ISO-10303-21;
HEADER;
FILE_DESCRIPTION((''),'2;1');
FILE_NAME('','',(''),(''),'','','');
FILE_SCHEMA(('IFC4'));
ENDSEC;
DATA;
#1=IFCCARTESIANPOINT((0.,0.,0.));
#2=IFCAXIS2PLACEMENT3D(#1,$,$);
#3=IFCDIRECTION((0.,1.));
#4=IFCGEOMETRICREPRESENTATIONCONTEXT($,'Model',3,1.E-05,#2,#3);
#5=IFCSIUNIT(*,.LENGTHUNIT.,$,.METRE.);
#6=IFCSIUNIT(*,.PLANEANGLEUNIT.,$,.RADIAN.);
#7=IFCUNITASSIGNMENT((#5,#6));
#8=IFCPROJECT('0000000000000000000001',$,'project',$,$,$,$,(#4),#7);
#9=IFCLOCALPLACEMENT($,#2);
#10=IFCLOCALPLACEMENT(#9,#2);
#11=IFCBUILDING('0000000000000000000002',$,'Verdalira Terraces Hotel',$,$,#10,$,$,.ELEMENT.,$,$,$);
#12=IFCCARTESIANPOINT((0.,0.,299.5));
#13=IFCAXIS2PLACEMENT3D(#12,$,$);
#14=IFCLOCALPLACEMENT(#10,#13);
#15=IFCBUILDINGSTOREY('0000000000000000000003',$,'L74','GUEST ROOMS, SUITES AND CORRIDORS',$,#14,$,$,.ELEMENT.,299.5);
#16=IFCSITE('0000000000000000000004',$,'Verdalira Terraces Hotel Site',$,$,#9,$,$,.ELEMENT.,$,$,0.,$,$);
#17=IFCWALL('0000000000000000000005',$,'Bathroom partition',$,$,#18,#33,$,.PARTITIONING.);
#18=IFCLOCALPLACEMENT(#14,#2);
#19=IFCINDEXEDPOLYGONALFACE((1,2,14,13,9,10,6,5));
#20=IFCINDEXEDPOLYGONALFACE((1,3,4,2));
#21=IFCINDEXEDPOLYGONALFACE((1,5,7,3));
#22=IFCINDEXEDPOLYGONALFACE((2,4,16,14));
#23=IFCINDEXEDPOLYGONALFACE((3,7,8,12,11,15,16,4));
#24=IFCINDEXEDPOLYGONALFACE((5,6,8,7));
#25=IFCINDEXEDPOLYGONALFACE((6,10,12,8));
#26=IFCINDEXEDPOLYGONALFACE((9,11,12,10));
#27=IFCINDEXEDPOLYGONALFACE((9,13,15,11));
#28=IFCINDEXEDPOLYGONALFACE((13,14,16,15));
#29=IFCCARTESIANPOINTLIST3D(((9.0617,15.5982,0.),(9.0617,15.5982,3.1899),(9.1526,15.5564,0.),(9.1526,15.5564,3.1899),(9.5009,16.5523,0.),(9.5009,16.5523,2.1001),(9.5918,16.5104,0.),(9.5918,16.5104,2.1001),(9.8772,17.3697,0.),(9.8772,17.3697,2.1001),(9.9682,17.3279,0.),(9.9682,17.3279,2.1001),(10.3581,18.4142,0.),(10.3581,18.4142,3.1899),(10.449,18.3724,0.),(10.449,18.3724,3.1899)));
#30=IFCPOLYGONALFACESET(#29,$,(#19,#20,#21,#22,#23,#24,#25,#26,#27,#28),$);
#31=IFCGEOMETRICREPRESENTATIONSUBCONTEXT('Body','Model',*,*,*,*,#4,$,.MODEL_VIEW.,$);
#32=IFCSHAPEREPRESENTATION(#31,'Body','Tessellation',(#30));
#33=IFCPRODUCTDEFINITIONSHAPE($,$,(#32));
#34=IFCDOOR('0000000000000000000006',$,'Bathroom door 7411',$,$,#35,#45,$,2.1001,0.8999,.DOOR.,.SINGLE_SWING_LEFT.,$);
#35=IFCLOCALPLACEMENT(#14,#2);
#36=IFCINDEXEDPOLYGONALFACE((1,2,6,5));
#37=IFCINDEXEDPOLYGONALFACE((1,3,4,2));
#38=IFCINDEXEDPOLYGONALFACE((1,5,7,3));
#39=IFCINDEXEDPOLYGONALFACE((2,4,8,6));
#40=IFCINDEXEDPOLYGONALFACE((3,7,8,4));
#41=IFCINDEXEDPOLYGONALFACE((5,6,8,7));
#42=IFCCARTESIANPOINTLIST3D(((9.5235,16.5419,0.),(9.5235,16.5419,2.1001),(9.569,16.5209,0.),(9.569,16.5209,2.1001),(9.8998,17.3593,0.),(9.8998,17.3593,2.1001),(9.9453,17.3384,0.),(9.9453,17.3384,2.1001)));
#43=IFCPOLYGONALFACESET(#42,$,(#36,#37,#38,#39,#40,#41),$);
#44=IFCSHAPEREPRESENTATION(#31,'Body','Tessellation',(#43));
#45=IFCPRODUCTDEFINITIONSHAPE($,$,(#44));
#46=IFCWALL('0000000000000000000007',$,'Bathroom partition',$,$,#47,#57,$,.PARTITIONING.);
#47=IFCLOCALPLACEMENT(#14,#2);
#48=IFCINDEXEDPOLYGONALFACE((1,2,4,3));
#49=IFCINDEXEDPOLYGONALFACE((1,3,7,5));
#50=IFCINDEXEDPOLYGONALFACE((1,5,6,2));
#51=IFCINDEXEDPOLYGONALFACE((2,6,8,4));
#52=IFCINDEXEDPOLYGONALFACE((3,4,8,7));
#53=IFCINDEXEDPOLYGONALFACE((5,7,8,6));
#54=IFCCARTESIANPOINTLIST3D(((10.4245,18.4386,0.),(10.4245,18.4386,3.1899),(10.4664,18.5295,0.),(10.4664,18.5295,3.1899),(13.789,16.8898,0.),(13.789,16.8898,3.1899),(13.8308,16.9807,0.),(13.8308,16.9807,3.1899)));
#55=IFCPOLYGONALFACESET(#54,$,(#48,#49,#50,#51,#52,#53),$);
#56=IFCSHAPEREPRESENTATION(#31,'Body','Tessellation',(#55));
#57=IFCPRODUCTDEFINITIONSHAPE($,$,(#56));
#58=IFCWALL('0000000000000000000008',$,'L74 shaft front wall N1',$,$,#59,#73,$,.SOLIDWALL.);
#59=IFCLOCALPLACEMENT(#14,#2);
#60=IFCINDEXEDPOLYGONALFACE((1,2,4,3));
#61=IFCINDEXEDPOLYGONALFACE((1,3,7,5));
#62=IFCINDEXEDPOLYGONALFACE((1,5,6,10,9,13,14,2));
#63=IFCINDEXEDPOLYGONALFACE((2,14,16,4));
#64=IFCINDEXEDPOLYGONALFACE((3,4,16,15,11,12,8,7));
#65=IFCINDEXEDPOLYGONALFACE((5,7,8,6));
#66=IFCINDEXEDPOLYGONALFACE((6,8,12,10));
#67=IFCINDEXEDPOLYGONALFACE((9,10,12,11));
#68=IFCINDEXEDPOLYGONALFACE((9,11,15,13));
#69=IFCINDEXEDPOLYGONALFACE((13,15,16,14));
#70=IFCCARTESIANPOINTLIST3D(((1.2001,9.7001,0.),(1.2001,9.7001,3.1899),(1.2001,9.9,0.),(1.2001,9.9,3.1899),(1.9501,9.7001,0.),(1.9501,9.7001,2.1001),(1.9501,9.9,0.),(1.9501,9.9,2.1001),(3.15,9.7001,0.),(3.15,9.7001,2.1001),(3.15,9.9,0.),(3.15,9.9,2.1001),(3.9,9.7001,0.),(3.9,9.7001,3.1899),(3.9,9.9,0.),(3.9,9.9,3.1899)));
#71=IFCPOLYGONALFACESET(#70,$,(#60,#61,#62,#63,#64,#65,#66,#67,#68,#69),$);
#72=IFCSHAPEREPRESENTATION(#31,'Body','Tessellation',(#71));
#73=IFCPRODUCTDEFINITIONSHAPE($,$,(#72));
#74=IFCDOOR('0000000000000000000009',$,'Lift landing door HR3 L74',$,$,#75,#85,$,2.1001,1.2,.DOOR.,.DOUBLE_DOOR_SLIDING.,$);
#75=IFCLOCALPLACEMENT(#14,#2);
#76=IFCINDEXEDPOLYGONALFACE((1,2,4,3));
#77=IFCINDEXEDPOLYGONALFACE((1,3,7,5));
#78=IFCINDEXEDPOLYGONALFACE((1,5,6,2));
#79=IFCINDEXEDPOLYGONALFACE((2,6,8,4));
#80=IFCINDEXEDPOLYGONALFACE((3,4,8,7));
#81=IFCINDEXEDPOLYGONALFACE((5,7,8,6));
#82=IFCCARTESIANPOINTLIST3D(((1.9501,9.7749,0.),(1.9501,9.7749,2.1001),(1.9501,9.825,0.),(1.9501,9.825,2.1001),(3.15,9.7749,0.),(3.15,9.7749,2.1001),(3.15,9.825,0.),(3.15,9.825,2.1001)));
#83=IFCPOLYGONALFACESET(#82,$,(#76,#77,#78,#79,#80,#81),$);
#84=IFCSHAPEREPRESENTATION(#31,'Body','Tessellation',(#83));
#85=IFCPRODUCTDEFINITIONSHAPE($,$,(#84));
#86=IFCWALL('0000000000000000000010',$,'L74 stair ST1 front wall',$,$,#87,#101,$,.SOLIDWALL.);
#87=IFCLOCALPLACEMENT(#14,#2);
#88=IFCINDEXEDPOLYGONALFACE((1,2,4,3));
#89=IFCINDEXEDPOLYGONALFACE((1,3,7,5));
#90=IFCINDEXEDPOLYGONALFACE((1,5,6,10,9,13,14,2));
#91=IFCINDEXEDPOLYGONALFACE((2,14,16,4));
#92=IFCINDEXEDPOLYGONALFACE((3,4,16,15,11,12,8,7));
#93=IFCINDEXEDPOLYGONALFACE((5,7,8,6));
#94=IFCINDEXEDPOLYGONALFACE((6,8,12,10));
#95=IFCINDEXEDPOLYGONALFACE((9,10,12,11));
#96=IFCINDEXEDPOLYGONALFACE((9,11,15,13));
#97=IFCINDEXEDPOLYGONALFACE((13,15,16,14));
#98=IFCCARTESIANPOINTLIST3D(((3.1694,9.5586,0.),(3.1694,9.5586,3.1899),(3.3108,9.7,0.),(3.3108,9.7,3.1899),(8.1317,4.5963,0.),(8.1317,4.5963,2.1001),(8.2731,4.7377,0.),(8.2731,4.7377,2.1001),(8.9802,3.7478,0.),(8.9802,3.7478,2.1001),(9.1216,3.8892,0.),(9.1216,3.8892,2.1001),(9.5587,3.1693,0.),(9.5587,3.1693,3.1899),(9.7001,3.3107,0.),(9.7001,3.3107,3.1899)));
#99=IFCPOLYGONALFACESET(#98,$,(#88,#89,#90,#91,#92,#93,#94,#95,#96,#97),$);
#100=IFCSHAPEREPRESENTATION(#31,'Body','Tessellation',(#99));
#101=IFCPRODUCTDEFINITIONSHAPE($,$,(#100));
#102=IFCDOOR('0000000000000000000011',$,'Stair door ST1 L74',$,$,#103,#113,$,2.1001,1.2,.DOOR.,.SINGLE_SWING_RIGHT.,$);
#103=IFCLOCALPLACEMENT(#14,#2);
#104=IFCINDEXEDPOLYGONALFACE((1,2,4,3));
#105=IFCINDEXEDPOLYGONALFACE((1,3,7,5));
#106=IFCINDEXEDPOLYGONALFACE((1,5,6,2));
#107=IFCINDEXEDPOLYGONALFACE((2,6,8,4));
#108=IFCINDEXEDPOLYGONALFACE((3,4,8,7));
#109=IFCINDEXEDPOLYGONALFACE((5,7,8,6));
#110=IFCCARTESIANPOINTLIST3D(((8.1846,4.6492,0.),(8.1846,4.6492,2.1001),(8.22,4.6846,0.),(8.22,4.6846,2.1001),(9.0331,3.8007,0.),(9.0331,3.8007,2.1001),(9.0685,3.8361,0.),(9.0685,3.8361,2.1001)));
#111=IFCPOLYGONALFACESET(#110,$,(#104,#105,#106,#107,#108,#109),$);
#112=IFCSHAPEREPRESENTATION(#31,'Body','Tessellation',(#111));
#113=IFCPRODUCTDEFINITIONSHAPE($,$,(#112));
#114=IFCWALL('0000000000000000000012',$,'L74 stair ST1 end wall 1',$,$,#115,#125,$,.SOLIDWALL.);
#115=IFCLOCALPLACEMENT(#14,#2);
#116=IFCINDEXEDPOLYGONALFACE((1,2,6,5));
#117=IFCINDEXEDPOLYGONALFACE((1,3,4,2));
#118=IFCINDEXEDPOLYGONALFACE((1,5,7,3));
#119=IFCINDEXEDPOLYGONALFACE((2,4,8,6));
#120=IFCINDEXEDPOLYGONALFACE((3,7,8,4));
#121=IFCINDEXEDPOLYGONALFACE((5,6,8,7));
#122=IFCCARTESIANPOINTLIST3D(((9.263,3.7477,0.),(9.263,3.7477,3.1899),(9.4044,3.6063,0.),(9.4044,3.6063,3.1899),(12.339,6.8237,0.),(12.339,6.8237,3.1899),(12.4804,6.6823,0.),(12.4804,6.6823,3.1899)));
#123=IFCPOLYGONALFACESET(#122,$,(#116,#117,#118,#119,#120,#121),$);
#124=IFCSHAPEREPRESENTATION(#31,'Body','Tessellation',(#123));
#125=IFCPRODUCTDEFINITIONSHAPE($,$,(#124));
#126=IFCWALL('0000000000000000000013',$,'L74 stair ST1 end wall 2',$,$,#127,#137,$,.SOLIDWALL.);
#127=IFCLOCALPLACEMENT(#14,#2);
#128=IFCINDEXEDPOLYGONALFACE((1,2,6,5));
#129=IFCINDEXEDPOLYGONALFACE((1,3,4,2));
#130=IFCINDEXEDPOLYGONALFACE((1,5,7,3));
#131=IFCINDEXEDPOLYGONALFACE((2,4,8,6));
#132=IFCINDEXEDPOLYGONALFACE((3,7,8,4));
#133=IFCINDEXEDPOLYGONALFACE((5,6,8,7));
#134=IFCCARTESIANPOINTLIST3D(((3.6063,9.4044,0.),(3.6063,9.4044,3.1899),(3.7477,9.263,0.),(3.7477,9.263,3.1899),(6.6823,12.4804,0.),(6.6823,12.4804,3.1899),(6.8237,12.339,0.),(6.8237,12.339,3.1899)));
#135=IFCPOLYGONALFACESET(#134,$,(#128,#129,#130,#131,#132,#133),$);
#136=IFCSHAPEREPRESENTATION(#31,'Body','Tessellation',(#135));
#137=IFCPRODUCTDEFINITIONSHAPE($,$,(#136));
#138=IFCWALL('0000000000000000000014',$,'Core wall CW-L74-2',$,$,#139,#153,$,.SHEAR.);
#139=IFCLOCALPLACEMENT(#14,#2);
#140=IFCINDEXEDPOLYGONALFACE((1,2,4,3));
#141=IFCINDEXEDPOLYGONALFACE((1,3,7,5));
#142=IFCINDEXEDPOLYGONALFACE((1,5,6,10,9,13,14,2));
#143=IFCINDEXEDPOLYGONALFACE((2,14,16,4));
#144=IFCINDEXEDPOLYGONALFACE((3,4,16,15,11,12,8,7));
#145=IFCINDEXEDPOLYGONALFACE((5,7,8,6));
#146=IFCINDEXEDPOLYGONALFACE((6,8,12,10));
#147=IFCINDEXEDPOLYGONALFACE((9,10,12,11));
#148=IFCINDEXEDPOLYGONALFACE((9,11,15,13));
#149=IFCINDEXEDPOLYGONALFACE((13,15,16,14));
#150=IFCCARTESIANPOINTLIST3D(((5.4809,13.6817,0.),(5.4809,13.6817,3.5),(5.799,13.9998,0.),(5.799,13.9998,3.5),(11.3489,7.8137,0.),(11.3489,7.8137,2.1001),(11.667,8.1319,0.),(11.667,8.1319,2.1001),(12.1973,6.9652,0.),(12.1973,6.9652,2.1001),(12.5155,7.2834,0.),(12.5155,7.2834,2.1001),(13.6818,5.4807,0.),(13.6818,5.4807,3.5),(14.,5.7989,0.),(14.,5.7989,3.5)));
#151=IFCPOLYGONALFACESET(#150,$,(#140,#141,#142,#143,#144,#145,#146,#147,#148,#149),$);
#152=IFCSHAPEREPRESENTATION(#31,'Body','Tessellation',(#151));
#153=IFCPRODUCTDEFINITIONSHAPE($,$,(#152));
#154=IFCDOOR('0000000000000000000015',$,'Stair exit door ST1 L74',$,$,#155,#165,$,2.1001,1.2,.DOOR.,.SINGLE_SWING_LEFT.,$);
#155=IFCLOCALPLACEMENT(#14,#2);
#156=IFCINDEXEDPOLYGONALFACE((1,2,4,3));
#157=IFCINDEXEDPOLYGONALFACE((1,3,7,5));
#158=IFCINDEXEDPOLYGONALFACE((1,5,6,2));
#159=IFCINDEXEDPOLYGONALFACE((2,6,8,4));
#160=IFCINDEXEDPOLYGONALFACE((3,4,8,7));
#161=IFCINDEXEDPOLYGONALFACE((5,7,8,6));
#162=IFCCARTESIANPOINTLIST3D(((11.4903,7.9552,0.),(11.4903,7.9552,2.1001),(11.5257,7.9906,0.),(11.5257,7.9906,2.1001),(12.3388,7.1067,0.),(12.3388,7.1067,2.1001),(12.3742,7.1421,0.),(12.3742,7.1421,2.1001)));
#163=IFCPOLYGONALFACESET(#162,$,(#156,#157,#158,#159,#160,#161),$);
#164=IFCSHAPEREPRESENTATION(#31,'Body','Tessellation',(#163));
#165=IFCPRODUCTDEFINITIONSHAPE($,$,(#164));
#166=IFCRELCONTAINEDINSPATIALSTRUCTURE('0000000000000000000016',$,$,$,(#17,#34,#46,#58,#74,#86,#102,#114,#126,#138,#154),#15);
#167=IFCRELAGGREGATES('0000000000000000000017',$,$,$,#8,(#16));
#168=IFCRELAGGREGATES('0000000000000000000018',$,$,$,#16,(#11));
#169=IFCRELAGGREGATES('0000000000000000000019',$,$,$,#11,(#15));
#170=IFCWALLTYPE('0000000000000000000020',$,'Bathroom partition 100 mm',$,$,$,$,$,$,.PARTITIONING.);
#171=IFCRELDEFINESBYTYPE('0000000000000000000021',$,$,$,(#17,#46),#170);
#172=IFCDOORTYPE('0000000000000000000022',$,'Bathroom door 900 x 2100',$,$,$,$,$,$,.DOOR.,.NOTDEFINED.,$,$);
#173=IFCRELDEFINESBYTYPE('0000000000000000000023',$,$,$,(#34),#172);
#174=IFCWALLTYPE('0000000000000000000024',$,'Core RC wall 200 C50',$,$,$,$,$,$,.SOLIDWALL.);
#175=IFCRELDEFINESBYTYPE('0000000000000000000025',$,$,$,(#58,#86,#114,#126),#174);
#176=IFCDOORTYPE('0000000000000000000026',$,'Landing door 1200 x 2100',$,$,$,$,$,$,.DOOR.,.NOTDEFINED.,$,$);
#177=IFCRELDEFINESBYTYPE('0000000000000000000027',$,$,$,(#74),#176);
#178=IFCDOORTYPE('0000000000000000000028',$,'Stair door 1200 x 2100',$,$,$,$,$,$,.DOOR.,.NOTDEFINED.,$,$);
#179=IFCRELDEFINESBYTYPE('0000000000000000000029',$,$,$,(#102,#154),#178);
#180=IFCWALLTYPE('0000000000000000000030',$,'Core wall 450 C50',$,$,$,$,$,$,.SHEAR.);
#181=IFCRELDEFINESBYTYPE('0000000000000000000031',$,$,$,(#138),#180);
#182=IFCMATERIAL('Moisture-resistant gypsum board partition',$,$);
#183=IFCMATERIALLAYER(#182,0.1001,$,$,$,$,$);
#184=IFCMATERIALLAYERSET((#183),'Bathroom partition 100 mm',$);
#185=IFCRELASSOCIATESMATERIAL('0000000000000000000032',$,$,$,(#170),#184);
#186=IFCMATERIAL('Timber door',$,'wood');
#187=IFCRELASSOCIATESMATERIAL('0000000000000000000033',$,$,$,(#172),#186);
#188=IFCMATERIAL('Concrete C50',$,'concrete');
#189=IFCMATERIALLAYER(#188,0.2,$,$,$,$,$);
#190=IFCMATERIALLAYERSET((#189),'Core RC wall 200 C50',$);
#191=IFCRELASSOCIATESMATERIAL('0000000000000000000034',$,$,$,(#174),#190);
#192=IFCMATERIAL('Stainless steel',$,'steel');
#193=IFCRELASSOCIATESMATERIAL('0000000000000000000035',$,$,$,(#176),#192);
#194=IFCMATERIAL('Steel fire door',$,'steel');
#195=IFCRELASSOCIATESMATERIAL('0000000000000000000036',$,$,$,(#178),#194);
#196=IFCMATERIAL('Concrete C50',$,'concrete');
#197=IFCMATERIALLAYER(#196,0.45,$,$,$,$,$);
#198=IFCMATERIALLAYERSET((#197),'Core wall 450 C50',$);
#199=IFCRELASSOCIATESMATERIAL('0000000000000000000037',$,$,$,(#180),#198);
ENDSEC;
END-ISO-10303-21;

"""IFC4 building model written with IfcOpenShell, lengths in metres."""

from ifc_helpers import new_model, si_unit, direction, frame, frame_2d, origin, place, context, subcontext, project, spatial, rectangle, extrude, material, layer, layer_set, type_object, element, fill, save


model = new_model("IFC4")

# Units and contexts
model_context = context("Model", 3, precision=1e-05, world=origin(), true_north=direction((0.0, 1.0)))
body_context = subcontext(model_context, "Body", "Model", "MODEL_VIEW")
ifc_project = project(units=[si_unit("LENGTHUNIT", "METRE"), si_unit("PLANEANGLEUNIT", "RADIAN")], contexts=[model_context])

# Site, building, storey
site_placement = place(None, origin())
site = spatial("IfcSite", under=ifc_project, at=site_placement, Name="Verdalira Terraces Hotel Site", CompositionType="ELEMENT", RefElevation=0.0)
building_placement = place(site_placement, origin())
building = spatial("IfcBuilding", under=site, at=building_placement, Name="Verdalira Terraces Hotel", CompositionType="ELEMENT")
storey_placement = place(building_placement, frame((0.0, 0.0, 299.5)))
storey = spatial("IfcBuildingStorey", under=building, at=storey_placement, Name="L74", Description="GUEST ROOMS, SUITES AND CORRIDORS", CompositionType="ELEMENT", Elevation=299.5)

# Wall, opening, door
ifc_material_1 = material(Name="Moisture-resistant gypsum board partition")
ifc_layer_1 = layer(ifc_material_1, 0.1001)
ifc_layer_set_1 = layer_set([ifc_layer_1], Name="Bathroom partition 100 mm")
wall_type_1 = type_object("IfcWallType", Name="Bathroom partition 100 mm", PredefinedType="PARTITIONING", material=ifc_layer_set_1)
wall_1_placement = place(storey_placement, frame((10.4036, 18.3933, 0.0), z_axis=(0.0, 0.0, 1.0), x_axis=(-0.418189, -0.90836, 0.0)))
wall_1 = element("IfcWall", 1, at=wall_1_placement, inside=storey, type_object=wall_type_1, Name="Bathroom partition", PredefinedType="PARTITIONING", context=body_context, shape_type="SweptSolid", body=[
    extrude(rectangle(XDim=3.1001, YDim=0.1001, at=frame_2d((1.55, 0.0))), origin(), (0.0, 0.0, 1.0), 3.1899),
])
opening_1_placement = place(wall_1_placement, frame((1.1499, 0.0, 0.0)))
opening_1 = element("IfcOpeningElement", 2, at=opening_1_placement, cuts=wall_1, PredefinedType="OPENING", context=body_context, shape_type="SweptSolid", body=[
    extrude(rectangle(XDim=0.8999, YDim=2.1001, at=frame_2d((0.45, 1.05))), frame((0.0, 0.0601, 0.0), z_axis=(0.0, -1.0, 0.0), x_axis=(1.0, 0.0, 0.0)), (0.0, 0.0, 1.0), 0.1201),
])
ifc_material_2 = material(Name="Timber door", Category="wood")
door_type_1 = type_object("IfcDoorType", Name="Bathroom door 900 x 2100", OperationType="NOTDEFINED", PredefinedType="DOOR", material=ifc_material_2)
door_1_placement = place(opening_1_placement, origin())
door_1 = element("IfcDoor", 3, at=door_1_placement, inside=storey, type_object=door_type_1, Name="Bathroom door 7411", OperationType="SINGLE_SWING_LEFT", OverallHeight=2.1001, OverallWidth=0.8999, PredefinedType="DOOR", context=body_context, shape_type="SweptSolid", body=[
    extrude(rectangle(XDim=0.8999, YDim=2.1001, at=frame_2d((0.45, 1.05))), frame((0.0, 0.0249, 0.0), z_axis=(0.0, -1.0, 0.0), x_axis=(1.0, 0.0, 0.0)), (0.0, 0.0, 1.0), 0.05),
])
fill(opening_1, door_1)

# Wall
wall_2_placement = place(storey_placement, frame((10.4453, 18.4841, 0.0), z_axis=(0.0, 0.0, 1.0), x_axis=(0.908372, -0.418163, 0.0)))
element("IfcWall", 4, at=wall_2_placement, inside=storey, type_object=wall_type_1, Name="Bathroom partition", PredefinedType="PARTITIONING", context=body_context, shape_type="SweptSolid", body=[
    extrude(rectangle(XDim=3.7039, YDim=0.1001, at=frame_2d((1.8521, 0.0))), origin(), (0.0, 0.0, 1.0), 3.1899),
])

# Walls, openings, doors
ifc_material_3 = material(Name="Concrete C50", Category="concrete")
ifc_layer_2 = layer(ifc_material_3, 0.2)
ifc_layer_set_2 = layer_set([ifc_layer_2], Name="Core RC wall 200 C50")
wall_type_2 = type_object("IfcWallType", Name="Core RC wall 200 C50", PredefinedType="SOLIDWALL", material=ifc_layer_set_2)
wall_3_placement = place(storey_placement, frame((1.2, 9.8, 0.0), z_axis=(0.0, 0.0, 1.0), x_axis=(1.0, 0.0, 0.0)))
wall_3 = element("IfcWall", 5, at=wall_3_placement, inside=storey, type_object=wall_type_2, Name="L74 shaft front wall N1", PredefinedType="SOLIDWALL", context=body_context, shape_type="SweptSolid", body=[
    extrude(rectangle(XDim=2.7, YDim=0.2, at=frame_2d((1.3501, 0.0))), origin(), (0.0, 0.0, 1.0), 3.1899),
])
opening_2_placement = place(wall_3_placement, frame((0.75, 0.0, 0.0)))
opening_2 = element("IfcOpeningElement", 6, at=opening_2_placement, cuts=wall_3, PredefinedType="OPENING", context=body_context, shape_type="SweptSolid", body=[
    extrude(rectangle(XDim=1.2, YDim=2.1001, at=frame_2d((0.6001, 1.05))), frame((0.0, 0.1099, 0.0), z_axis=(0.0, -1.0, 0.0), x_axis=(1.0, 0.0, 0.0)), (0.0, 0.0, 1.0), 0.22),
])
ifc_material_4 = material(Name="Stainless steel", Category="steel")
door_type_2 = type_object("IfcDoorType", Name="Landing door 1200 x 2100", OperationType="NOTDEFINED", PredefinedType="DOOR", material=ifc_material_4)
door_2_placement = place(opening_2_placement, origin())
door_2 = element("IfcDoor", 7, at=door_2_placement, inside=storey, type_object=door_type_2, Name="Lift landing door HR3 L74", OperationType="DOUBLE_DOOR_SLIDING", OverallHeight=2.1001, OverallWidth=1.2, PredefinedType="DOOR", context=body_context, shape_type="SweptSolid", body=[
    extrude(rectangle(XDim=1.2, YDim=2.1001, at=frame_2d((0.6001, 1.05))), frame((0.0, 0.0249, 0.0), z_axis=(0.0, -1.0, 0.0), x_axis=(1.0, 0.0, 0.0)), (0.0, 0.0, 1.0), 0.05),
])
fill(opening_2, door_2)
wall_4_placement = place(storey_placement, frame((3.24, 9.6294, 0.0), z_axis=(0.0, 0.0, 1.0), x_axis=(0.707107, -0.707107, 0.0)))
wall_4 = element("IfcWall", 8, at=wall_4_placement, inside=storey, type_object=wall_type_2, Name="L74 stair ST1 front wall", PredefinedType="SOLIDWALL", context=body_context, shape_type="SweptSolid", body=[
    extrude(rectangle(XDim=9.0359, YDim=0.2, at=frame_2d((4.5181, 0.0))), origin(), (0.0, 0.0, 1.0), 3.1899),
])
opening_3_placement = place(wall_4_placement, frame((7.0178, 0.0, 0.0)))
opening_3 = element("IfcOpeningElement", 9, at=opening_3_placement, cuts=wall_4, PredefinedType="OPENING", context=body_context, shape_type="SweptSolid", body=[
    extrude(rectangle(XDim=1.2, YDim=2.1001, at=frame_2d((0.6001, 1.05))), frame((0.0, 0.1099, 0.0), z_axis=(0.0, -1.0, 0.0), x_axis=(1.0, 0.0, 0.0)), (0.0, 0.0, 1.0), 0.22),
])
ifc_material_5 = material(Name="Steel fire door", Category="steel")
door_type_3 = type_object("IfcDoorType", Name="Stair door 1200 x 2100", OperationType="NOTDEFINED", PredefinedType="DOOR", material=ifc_material_5)
door_3_placement = place(opening_3_placement, origin())
door_3 = element("IfcDoor", 10, at=door_3_placement, inside=storey, type_object=door_type_3, Name="Stair door ST1 L74", OperationType="SINGLE_SWING_RIGHT", OverallHeight=2.1001, OverallWidth=1.2, PredefinedType="DOOR", context=body_context, shape_type="SweptSolid", body=[
    extrude(rectangle(XDim=1.2, YDim=2.1001, at=frame_2d((0.6001, 1.05))), frame((0.0, 0.0249, 0.0), z_axis=(0.0, -1.0, 0.0), x_axis=(1.0, 0.0, 0.0)), (0.0, 0.0, 1.0), 0.05),
])
fill(opening_3, door_3)

# Walls
for number, where, z_axis, x_axis, name in (
    (11, (9.3337, 3.677, 0.0), (0.0, 0.0, 1.0), (0.707107, 0.707107, 0.0), "L74 stair ST1 end wall 1"),
    (12, (3.677, 9.3337, 0.0), (0.0, 0.0, 1.0), (0.707107, 0.707107, 0.0), "L74 stair ST1 end wall 2"),
):
    element("IfcWall", number, at=place(storey_placement, frame(where, z_axis=z_axis, x_axis=x_axis)), inside=storey, type_object=wall_type_2, Name=name, PredefinedType="SOLIDWALL", context=body_context, shape_type="SweptSolid", body=[
        extrude(rectangle(XDim=4.3501, YDim=0.2, at=frame_2d((2.175, 0.0))), origin(), (0.0, 0.0, 1.0), 3.1899),
    ])

# Wall, opening, door
ifc_material_6 = material(Name="Concrete C50", Category="concrete")
ifc_layer_3 = layer(ifc_material_6, 0.45)
ifc_layer_set_3 = layer_set([ifc_layer_3], Name="Core wall 450 C50")
wall_type_3 = type_object("IfcWallType", Name="Core wall 450 C50", PredefinedType="SHEAR", material=ifc_layer_set_3)
wall_5_placement = place(storey_placement, frame((13.8408, 5.6399, 0.0), z_axis=(0.0, 0.0, 1.0), x_axis=(-0.707107, 0.707107, 0.0)))
wall_5 = element("IfcWall", 13, at=wall_5_placement, inside=storey, type_object=wall_type_3, Name="Core wall CW-L74-2", PredefinedType="SHEAR", context=body_context, shape_type="SweptSolid", body=[
    extrude(rectangle(XDim=11.5979, YDim=0.45, at=frame_2d((5.7988, 0.0))), origin(), (0.0, 0.0, 1.0), 3.5),
])
opening_4_placement = place(wall_5_placement, frame((2.0991, 0.0, 0.0)))
opening_4 = element("IfcOpeningElement", 14, at=opening_4_placement, cuts=wall_5, PredefinedType="OPENING", context=body_context, shape_type="SweptSolid", body=[
    extrude(rectangle(XDim=1.2, YDim=2.1001, at=frame_2d((0.6001, 1.05))), frame((0.0, 0.2349, 0.0), z_axis=(0.0, -1.0, 0.0), x_axis=(1.0, 0.0, 0.0)), (0.0, 0.0, 1.0), 0.47),
])
door_4_placement = place(opening_4_placement, origin())
door_4 = element("IfcDoor", 15, at=door_4_placement, inside=storey, type_object=door_type_3, Name="Stair exit door ST1 L74", OperationType="SINGLE_SWING_LEFT", OverallHeight=2.1001, OverallWidth=1.2, PredefinedType="DOOR", context=body_context, shape_type="SweptSolid", body=[
    extrude(rectangle(XDim=1.2, YDim=2.1001, at=frame_2d((0.6001, 1.05))), frame((0.0, 0.0249, 0.0), z_axis=(0.0, -1.0, 0.0), x_axis=(1.0, 0.0, 0.0)), (0.0, 0.0, 1.0), 0.05),
])
fill(opening_4, door_4)

save(model, "model.ifc")
